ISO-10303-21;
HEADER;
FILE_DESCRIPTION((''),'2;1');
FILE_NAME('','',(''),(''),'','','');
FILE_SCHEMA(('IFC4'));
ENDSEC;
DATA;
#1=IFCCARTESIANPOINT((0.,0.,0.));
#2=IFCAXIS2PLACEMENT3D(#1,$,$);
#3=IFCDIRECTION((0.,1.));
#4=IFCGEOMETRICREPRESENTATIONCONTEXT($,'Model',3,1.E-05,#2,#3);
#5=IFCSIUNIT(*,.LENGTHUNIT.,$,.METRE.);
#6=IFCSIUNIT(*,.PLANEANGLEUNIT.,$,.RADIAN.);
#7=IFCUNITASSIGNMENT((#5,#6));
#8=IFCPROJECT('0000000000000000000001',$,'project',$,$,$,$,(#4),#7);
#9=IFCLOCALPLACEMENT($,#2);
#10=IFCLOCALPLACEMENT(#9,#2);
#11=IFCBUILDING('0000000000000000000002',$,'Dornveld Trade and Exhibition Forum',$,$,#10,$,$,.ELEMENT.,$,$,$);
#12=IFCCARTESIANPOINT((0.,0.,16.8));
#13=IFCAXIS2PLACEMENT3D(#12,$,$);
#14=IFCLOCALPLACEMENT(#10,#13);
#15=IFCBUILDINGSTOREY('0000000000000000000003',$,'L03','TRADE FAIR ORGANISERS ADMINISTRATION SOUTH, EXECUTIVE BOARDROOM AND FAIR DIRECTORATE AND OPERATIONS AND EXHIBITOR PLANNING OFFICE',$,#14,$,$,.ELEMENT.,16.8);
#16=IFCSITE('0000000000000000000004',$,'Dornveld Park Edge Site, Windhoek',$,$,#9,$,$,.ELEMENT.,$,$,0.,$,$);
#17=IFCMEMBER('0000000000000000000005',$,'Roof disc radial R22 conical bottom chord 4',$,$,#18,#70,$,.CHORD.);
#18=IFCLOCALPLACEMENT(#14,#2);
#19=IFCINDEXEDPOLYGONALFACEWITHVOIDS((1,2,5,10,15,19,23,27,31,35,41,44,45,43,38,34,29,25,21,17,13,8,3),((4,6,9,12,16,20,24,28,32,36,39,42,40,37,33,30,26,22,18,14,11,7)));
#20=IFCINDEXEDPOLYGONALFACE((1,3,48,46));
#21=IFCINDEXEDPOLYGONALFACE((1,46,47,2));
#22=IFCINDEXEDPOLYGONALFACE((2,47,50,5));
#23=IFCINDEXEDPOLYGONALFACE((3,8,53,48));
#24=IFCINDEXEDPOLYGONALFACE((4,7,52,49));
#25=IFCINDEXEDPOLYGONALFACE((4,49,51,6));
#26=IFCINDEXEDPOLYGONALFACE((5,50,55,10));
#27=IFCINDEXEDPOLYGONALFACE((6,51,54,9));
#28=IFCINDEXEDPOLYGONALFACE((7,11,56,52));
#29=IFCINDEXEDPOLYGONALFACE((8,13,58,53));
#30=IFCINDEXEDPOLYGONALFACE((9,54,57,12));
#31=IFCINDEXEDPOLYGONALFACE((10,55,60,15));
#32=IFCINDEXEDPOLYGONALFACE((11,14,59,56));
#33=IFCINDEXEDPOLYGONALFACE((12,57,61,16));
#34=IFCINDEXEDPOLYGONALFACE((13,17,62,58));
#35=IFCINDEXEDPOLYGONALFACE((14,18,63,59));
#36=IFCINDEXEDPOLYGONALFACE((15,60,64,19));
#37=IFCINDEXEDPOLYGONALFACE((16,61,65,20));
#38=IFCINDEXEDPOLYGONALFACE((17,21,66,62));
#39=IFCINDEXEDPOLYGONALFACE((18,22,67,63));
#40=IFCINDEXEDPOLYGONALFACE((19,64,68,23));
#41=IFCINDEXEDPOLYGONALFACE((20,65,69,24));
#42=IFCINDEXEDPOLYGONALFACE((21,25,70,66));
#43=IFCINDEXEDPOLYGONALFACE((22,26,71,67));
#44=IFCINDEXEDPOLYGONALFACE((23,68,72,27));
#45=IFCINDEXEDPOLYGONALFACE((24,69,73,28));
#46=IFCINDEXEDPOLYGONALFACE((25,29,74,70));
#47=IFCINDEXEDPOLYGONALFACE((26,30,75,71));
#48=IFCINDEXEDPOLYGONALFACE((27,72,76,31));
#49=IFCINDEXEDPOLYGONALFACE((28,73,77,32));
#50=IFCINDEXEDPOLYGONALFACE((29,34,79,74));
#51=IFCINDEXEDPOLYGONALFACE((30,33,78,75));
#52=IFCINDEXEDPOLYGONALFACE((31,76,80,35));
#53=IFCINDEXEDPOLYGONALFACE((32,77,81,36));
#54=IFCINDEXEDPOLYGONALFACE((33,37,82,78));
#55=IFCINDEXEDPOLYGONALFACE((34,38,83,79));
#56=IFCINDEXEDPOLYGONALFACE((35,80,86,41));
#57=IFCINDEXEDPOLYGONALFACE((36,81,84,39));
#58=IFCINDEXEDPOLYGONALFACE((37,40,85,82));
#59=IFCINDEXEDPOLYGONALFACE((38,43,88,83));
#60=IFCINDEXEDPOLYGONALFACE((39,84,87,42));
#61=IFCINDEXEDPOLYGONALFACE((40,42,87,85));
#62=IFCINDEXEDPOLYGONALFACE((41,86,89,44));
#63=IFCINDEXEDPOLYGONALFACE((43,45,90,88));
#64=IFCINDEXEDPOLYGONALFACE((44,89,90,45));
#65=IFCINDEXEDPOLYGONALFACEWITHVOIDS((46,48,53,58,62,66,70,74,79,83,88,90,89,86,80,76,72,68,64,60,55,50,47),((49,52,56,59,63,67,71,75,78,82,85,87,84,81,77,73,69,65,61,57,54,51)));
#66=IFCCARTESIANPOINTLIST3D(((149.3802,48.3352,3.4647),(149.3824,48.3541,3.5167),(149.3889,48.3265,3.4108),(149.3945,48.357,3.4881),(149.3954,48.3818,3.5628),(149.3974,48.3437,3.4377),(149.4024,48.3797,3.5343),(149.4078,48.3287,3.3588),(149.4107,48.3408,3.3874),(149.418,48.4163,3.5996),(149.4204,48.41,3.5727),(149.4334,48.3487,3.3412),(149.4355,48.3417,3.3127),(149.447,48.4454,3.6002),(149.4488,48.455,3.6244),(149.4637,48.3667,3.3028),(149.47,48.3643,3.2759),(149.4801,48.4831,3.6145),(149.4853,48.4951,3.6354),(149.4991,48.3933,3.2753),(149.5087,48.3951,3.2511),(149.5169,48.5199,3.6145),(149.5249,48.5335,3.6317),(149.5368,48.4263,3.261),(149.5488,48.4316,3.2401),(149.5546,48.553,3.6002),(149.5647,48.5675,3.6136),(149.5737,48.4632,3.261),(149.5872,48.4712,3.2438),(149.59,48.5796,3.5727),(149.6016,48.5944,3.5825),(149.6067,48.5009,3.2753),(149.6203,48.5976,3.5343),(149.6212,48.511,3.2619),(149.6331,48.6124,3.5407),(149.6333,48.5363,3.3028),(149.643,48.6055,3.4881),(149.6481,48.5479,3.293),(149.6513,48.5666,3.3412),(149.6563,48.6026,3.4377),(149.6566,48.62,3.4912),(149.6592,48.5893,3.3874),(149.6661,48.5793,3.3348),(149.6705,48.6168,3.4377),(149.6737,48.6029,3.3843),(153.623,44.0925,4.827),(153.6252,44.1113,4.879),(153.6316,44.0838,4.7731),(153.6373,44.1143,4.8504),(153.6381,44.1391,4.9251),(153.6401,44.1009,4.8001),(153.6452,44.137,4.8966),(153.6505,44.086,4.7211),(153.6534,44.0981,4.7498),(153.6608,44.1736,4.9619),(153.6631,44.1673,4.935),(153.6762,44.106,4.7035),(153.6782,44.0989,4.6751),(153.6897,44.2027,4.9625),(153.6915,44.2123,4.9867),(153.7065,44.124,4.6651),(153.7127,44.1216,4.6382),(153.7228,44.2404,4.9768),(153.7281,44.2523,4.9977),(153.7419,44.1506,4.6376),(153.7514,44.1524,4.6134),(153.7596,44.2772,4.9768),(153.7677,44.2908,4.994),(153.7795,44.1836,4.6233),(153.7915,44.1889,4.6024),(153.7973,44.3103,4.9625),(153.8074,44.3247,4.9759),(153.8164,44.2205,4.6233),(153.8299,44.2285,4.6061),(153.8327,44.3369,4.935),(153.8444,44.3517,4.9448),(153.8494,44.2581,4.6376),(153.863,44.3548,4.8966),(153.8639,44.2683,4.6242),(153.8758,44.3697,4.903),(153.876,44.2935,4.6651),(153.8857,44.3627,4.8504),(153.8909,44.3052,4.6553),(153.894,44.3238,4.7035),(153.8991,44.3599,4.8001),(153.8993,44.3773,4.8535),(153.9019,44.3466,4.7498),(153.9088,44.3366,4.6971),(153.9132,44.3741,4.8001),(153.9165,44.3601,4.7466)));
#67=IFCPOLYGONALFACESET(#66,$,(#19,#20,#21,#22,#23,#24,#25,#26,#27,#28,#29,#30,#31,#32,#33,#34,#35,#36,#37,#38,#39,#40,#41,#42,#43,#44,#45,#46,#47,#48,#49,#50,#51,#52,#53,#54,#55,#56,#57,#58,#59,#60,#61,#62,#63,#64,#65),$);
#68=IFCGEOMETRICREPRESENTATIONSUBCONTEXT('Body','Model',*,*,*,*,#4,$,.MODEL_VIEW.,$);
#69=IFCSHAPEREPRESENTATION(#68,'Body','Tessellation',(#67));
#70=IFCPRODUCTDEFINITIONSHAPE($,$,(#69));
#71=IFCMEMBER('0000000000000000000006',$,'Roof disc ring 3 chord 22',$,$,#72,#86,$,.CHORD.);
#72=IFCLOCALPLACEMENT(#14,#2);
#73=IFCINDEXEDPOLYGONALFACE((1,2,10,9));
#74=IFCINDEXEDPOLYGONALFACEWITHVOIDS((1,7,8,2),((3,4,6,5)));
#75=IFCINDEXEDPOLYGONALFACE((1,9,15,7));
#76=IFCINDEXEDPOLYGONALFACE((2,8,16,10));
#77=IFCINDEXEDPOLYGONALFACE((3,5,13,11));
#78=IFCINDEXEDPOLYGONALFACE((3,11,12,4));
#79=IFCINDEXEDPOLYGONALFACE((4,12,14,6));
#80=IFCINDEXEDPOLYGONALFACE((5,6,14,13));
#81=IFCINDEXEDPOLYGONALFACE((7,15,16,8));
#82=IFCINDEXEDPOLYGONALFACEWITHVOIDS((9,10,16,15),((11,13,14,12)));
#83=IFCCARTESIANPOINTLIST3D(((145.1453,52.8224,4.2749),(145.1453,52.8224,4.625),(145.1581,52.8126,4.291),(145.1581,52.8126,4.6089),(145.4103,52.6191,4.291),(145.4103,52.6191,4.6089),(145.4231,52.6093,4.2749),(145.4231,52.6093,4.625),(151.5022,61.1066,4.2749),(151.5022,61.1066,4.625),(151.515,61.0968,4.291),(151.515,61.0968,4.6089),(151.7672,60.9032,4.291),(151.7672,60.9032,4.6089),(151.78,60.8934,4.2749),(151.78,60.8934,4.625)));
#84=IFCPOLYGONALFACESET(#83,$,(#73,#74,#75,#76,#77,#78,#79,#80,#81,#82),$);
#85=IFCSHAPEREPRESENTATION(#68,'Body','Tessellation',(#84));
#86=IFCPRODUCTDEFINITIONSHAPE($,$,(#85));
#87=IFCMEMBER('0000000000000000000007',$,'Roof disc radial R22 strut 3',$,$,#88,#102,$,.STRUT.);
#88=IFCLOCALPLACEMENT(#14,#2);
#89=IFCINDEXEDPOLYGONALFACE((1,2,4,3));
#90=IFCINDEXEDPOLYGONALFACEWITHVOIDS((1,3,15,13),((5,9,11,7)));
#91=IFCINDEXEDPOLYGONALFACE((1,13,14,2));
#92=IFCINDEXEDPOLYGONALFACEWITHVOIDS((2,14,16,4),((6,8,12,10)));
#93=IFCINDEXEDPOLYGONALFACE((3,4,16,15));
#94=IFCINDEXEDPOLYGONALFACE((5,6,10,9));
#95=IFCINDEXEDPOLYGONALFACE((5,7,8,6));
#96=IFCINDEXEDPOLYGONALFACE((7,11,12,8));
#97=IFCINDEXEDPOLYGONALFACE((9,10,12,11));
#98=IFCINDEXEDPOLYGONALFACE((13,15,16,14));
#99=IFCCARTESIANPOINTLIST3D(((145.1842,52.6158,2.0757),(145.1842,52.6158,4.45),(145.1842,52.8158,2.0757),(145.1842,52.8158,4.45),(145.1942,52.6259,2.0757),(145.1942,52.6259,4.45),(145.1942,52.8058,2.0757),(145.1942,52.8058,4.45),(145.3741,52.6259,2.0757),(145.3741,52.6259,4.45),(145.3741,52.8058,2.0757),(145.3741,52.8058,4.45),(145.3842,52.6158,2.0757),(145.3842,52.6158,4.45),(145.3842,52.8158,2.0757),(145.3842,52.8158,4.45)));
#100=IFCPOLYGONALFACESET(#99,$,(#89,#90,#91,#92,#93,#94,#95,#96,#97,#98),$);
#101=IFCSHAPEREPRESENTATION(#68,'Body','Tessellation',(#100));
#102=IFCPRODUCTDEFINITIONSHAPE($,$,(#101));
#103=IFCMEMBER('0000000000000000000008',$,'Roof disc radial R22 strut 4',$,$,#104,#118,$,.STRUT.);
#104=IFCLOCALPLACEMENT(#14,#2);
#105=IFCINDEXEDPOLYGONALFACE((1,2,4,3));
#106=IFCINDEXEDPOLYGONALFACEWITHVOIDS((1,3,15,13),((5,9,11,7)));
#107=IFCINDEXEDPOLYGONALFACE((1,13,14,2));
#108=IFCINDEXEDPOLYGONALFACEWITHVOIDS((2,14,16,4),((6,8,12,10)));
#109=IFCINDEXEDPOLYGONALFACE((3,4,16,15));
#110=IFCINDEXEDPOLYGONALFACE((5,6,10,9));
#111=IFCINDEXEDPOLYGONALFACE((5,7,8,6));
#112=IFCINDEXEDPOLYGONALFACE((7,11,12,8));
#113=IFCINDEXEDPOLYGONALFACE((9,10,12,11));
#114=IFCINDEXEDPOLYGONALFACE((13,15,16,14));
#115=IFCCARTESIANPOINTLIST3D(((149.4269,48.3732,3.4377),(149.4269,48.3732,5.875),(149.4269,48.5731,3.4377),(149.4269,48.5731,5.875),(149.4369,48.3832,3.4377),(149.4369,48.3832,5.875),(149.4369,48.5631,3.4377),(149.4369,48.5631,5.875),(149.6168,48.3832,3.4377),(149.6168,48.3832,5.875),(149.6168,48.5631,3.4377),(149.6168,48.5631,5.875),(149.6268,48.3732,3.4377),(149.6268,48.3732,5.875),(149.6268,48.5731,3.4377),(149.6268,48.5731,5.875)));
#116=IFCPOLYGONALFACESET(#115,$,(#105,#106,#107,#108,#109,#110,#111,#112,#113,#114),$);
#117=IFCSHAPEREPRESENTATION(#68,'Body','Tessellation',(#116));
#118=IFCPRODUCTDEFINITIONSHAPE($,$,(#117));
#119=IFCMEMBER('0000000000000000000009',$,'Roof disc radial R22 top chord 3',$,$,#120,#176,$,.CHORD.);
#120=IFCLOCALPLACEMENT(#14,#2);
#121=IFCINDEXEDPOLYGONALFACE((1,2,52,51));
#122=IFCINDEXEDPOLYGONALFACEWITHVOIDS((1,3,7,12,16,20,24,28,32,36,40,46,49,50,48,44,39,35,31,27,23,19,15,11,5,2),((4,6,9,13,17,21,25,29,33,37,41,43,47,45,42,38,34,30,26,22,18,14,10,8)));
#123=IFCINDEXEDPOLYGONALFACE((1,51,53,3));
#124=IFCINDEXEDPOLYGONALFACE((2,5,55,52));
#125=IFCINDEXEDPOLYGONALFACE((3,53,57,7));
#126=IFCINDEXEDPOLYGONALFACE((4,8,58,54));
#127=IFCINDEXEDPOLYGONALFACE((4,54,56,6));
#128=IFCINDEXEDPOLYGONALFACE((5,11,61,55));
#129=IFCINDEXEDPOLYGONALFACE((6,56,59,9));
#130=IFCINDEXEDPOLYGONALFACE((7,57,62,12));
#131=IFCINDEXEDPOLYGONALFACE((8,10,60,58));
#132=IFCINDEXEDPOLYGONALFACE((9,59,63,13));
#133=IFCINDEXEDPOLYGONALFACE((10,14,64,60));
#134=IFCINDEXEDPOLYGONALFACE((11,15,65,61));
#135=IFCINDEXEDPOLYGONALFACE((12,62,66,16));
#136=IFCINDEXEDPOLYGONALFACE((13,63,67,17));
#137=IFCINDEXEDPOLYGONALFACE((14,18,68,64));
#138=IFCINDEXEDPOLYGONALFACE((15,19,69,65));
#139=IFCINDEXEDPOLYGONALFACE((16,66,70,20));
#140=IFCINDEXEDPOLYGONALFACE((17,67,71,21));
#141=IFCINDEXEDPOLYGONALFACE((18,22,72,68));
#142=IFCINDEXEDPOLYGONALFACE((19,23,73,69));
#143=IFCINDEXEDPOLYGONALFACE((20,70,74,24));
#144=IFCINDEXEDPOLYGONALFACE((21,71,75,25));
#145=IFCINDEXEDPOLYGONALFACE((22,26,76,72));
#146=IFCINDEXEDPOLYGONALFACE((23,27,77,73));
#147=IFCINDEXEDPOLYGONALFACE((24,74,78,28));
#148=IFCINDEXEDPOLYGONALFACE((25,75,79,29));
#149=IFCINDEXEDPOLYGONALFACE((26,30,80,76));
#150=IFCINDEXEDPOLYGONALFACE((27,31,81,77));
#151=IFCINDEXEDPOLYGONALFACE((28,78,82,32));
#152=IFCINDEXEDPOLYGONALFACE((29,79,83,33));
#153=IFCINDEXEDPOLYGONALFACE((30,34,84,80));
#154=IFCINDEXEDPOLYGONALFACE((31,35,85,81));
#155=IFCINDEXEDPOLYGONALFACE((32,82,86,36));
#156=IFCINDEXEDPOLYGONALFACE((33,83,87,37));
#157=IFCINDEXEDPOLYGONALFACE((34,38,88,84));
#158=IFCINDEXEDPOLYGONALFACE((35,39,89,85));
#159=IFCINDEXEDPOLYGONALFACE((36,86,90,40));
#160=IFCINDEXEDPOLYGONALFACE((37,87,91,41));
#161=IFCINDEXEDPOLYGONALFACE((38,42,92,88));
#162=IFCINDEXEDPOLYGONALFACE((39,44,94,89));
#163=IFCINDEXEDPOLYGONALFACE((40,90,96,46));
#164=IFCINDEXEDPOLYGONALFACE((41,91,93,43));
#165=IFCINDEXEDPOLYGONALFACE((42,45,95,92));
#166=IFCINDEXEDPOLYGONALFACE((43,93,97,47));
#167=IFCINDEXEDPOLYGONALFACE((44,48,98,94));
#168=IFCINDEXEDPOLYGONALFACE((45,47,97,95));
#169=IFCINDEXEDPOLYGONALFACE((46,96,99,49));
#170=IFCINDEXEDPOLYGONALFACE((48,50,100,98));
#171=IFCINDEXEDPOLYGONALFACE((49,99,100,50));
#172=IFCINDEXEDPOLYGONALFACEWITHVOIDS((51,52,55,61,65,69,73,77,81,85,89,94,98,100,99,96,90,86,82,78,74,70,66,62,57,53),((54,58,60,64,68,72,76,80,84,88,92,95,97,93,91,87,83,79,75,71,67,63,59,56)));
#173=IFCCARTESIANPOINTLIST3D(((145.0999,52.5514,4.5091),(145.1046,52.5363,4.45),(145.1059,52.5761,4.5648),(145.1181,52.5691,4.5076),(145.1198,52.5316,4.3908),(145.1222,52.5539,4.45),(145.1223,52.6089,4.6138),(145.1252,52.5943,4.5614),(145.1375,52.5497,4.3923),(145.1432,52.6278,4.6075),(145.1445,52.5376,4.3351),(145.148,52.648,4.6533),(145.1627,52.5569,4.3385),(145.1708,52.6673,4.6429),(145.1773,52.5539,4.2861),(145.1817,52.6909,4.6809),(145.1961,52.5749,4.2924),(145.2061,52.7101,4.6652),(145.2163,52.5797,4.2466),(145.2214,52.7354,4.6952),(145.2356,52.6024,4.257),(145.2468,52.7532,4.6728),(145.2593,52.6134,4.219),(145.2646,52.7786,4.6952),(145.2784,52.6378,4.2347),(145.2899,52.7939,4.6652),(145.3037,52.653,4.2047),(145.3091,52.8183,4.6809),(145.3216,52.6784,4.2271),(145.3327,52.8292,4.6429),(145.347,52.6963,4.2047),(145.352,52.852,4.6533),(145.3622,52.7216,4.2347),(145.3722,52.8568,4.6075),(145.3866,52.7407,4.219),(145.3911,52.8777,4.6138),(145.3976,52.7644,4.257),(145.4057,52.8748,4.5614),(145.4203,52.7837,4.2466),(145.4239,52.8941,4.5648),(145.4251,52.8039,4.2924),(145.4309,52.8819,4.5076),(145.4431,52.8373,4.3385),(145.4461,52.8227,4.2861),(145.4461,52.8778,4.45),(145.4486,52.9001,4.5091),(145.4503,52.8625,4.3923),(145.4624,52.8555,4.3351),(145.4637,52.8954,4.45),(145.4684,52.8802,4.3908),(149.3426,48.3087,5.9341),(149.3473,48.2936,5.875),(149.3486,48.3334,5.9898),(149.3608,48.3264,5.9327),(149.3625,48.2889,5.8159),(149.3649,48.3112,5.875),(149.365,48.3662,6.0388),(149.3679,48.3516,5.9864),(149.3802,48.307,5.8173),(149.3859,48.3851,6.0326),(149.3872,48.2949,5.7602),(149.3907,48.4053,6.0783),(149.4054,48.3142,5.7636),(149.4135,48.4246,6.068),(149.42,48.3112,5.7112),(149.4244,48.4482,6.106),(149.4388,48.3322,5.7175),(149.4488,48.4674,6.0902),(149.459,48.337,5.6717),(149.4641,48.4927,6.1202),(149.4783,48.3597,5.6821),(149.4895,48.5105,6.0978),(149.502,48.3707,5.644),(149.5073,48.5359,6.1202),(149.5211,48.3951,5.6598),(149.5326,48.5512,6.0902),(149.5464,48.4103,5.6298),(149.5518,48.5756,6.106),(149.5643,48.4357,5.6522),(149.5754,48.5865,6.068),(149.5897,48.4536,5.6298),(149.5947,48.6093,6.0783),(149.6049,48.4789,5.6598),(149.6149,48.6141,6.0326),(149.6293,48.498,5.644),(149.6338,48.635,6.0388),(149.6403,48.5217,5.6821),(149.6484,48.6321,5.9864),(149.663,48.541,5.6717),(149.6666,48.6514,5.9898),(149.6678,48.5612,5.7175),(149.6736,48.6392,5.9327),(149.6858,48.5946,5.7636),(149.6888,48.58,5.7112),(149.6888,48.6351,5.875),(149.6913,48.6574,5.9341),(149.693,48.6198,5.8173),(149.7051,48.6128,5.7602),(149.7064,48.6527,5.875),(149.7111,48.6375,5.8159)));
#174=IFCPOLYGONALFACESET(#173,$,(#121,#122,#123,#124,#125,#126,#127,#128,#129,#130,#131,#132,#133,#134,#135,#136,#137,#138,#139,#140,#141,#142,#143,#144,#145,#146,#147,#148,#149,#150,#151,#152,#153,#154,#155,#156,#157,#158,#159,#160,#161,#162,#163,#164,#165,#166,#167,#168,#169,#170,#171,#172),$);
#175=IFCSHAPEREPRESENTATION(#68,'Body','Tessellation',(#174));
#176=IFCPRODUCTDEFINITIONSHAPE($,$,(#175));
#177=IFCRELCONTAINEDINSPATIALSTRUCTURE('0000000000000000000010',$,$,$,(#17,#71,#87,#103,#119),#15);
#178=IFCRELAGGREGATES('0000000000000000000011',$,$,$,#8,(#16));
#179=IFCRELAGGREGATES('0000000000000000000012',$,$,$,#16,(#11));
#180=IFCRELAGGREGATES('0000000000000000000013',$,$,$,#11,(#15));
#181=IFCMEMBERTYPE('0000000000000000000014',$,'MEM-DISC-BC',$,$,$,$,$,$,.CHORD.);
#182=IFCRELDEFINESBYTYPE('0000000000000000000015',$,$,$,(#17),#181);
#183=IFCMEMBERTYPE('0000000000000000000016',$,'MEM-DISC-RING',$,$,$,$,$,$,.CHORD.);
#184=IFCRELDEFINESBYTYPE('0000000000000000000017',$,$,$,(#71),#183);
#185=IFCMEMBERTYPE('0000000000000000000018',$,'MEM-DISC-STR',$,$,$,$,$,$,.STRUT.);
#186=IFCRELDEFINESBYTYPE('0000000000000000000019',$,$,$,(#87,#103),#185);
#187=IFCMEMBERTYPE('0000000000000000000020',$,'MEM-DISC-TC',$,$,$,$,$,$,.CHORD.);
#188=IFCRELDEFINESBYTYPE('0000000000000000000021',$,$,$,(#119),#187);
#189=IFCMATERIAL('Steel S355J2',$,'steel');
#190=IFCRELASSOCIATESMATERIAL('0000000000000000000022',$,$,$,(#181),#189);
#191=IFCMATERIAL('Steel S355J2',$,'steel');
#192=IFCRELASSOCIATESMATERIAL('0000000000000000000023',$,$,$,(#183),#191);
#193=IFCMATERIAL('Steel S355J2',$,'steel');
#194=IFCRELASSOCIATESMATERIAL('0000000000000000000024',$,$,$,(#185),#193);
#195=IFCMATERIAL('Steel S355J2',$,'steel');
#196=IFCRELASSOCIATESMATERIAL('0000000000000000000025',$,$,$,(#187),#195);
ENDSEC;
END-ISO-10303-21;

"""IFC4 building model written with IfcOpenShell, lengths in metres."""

from ifc_helpers import new_model, si_unit, direction, frame, origin, origin_2d, place, context, subcontext, project, spatial, hollow_rectangle, hollow_circle, extrude, material, material_profile, profile_set, type_object, element, save


model = new_model("IFC4")

# Units and contexts
model_context = context("Model", 3, precision=1e-05, world=origin(), true_north=direction((0.0, 1.0)))
body_context = subcontext(model_context, "Body", "Model", "MODEL_VIEW")
ifc_project = project(units=[si_unit("LENGTHUNIT", "METRE"), si_unit("PLANEANGLEUNIT", "RADIAN")], contexts=[model_context])

# Site, building, storey
site_placement = place(None, origin())
site = spatial("IfcSite", under=ifc_project, at=site_placement, Name="Dornveld Park Edge Site, Windhoek", CompositionType="ELEMENT", RefElevation=0.0)
building_placement = place(site_placement, origin())
building = spatial("IfcBuilding", under=site, at=building_placement, Name="Dornveld Trade and Exhibition Forum", CompositionType="ELEMENT")
storey_placement = place(building_placement, frame((0.0, 0.0, 16.8)))
storey = spatial("IfcBuildingStorey", under=building, at=storey_placement, Name="L03", Description="TRADE FAIR ORGANISERS ADMINISTRATION SOUTH, EXECUTIVE BOARDROOM AND FAIR DIRECTORATE AND OPERATIONS AND EXHIBITOR PLANNING OFFICE", CompositionType="ELEMENT", Elevation=16.8)

# Members
ifc_material_1 = material(Name="Steel S355J2", Category="steel")
ifc_material_profile_1 = material_profile(ifc_material_1, hollow_circle(Radius=0.2031, WallThickness=0.02, at=origin_2d()), Name="CHS 406.4x20")
ifc_profile_set_1 = profile_set([ifc_material_profile_1], Name="Steel S355J2")
member_type_1 = type_object("IfcMemberType", Name="MEM-DISC-BC", PredefinedType="CHORD", material=ifc_profile_set_1)
member_1_placement = place(storey_placement, frame((149.5269, 48.4731, 3.4377), z_axis=(0.689556, -0.689556, 0.221414), x_axis=(0.707107, 0.707107, 0.0)))
element("IfcMember", 1, at=member_1_placement, inside=storey, type_object=member_type_1, Name="Roof disc radial R22 conical bottom chord 4", PredefinedType="CHORD", context=body_context, shape_type="SweptSolid", body=[
    extrude(hollow_circle(Radius=0.2031, WallThickness=0.02, at=origin_2d()), origin(), (0.0, 0.0, 1.0), 6.1528),
])
ifc_material_2 = material(Name="Steel S355J2", Category="steel")
ifc_material_profile_2 = material_profile(ifc_material_2, hollow_rectangle(XDim=0.3501, YDim=0.3501, WallThickness=0.0161, at=origin_2d()), Name="SHS 350x350x16")
ifc_profile_set_2 = profile_set([ifc_material_profile_2], Name="Steel S355J2")
member_type_2 = type_object("IfcMemberType", Name="MEM-DISC-RING", PredefinedType="CHORD", material=ifc_profile_set_2)
member_2_placement = place(storey_placement, frame((145.2842, 52.7158, 4.45), z_axis=(0.608777, 0.793341, 0.0), x_axis=(-0.793341, 0.608777, 0.0)))
element("IfcMember", 2, at=member_2_placement, inside=storey, type_object=member_type_2, Name="Roof disc ring 3 chord 22", PredefinedType="CHORD", context=body_context, shape_type="SweptSolid", body=[
    extrude(hollow_rectangle(XDim=0.3501, YDim=0.3501, WallThickness=0.0161, at=origin_2d()), origin(), (0.0, 0.0, 1.0), 10.4421),
])
ifc_material_3 = material(Name="Steel S355J2", Category="steel")
ifc_material_profile_3 = material_profile(ifc_material_3, hollow_rectangle(XDim=0.2, YDim=0.2, WallThickness=0.01, at=origin_2d()), Name="SHS 200x200x10")
ifc_profile_set_3 = profile_set([ifc_material_profile_3], Name="Steel S355J2")
member_type_3 = type_object("IfcMemberType", Name="MEM-DISC-STR", PredefinedType="STRUT", material=ifc_profile_set_3)
member_3_placement = place(storey_placement, frame((145.2842, 52.7158, 2.0757), z_axis=(0.0, 0.0, 1.0), x_axis=(1.0, 0.0, 0.0)))
element("IfcMember", 3, at=member_3_placement, inside=storey, type_object=member_type_3, Name="Roof disc radial R22 strut 3", PredefinedType="STRUT", context=body_context, shape_type="SweptSolid", body=[
    extrude(hollow_rectangle(XDim=0.2, YDim=0.2, WallThickness=0.01, at=origin_2d()), origin(), (0.0, 0.0, 1.0), 2.3743),
])
member_4_placement = place(storey_placement, frame((149.5269, 48.4731, 3.4377), z_axis=(0.0, 0.0, 1.0), x_axis=(1.0, 0.0, 0.0)))
element("IfcMember", 4, at=member_4_placement, inside=storey, type_object=member_type_3, Name="Roof disc radial R22 strut 4", PredefinedType="STRUT", context=body_context, shape_type="SweptSolid", body=[
    extrude(hollow_rectangle(XDim=0.2, YDim=0.2, WallThickness=0.01, at=origin_2d()), origin(), (0.0, 0.0, 1.0), 2.4373),
])
ifc_material_4 = material(Name="Steel S355J2", Category="steel")
ifc_material_profile_4 = material_profile(ifc_material_4, hollow_circle(Radius=0.2539, WallThickness=0.0249, at=origin_2d()), Name="CHS 508x25")
ifc_profile_set_4 = profile_set([ifc_material_profile_4], Name="Steel S355J2")
member_type_4 = type_object("IfcMemberType", Name="MEM-DISC-TC", PredefinedType="CHORD", material=ifc_profile_set_4)
member_5_placement = place(storey_placement, frame((145.2842, 52.7158, 4.45), z_axis=(0.687969, -0.687969, 0.231078), x_axis=(0.707107, 0.707107, 0.0)))
element("IfcMember", 5, at=member_5_placement, inside=storey, type_object=member_type_4, Name="Roof disc radial R22 top chord 3", PredefinedType="CHORD", context=body_context, shape_type="SweptSolid", body=[
    extrude(hollow_circle(Radius=0.2539, WallThickness=0.0249, at=origin_2d()), origin(), (0.0, 0.0, 1.0), 6.167),
])

save(model, "model.ifc")
